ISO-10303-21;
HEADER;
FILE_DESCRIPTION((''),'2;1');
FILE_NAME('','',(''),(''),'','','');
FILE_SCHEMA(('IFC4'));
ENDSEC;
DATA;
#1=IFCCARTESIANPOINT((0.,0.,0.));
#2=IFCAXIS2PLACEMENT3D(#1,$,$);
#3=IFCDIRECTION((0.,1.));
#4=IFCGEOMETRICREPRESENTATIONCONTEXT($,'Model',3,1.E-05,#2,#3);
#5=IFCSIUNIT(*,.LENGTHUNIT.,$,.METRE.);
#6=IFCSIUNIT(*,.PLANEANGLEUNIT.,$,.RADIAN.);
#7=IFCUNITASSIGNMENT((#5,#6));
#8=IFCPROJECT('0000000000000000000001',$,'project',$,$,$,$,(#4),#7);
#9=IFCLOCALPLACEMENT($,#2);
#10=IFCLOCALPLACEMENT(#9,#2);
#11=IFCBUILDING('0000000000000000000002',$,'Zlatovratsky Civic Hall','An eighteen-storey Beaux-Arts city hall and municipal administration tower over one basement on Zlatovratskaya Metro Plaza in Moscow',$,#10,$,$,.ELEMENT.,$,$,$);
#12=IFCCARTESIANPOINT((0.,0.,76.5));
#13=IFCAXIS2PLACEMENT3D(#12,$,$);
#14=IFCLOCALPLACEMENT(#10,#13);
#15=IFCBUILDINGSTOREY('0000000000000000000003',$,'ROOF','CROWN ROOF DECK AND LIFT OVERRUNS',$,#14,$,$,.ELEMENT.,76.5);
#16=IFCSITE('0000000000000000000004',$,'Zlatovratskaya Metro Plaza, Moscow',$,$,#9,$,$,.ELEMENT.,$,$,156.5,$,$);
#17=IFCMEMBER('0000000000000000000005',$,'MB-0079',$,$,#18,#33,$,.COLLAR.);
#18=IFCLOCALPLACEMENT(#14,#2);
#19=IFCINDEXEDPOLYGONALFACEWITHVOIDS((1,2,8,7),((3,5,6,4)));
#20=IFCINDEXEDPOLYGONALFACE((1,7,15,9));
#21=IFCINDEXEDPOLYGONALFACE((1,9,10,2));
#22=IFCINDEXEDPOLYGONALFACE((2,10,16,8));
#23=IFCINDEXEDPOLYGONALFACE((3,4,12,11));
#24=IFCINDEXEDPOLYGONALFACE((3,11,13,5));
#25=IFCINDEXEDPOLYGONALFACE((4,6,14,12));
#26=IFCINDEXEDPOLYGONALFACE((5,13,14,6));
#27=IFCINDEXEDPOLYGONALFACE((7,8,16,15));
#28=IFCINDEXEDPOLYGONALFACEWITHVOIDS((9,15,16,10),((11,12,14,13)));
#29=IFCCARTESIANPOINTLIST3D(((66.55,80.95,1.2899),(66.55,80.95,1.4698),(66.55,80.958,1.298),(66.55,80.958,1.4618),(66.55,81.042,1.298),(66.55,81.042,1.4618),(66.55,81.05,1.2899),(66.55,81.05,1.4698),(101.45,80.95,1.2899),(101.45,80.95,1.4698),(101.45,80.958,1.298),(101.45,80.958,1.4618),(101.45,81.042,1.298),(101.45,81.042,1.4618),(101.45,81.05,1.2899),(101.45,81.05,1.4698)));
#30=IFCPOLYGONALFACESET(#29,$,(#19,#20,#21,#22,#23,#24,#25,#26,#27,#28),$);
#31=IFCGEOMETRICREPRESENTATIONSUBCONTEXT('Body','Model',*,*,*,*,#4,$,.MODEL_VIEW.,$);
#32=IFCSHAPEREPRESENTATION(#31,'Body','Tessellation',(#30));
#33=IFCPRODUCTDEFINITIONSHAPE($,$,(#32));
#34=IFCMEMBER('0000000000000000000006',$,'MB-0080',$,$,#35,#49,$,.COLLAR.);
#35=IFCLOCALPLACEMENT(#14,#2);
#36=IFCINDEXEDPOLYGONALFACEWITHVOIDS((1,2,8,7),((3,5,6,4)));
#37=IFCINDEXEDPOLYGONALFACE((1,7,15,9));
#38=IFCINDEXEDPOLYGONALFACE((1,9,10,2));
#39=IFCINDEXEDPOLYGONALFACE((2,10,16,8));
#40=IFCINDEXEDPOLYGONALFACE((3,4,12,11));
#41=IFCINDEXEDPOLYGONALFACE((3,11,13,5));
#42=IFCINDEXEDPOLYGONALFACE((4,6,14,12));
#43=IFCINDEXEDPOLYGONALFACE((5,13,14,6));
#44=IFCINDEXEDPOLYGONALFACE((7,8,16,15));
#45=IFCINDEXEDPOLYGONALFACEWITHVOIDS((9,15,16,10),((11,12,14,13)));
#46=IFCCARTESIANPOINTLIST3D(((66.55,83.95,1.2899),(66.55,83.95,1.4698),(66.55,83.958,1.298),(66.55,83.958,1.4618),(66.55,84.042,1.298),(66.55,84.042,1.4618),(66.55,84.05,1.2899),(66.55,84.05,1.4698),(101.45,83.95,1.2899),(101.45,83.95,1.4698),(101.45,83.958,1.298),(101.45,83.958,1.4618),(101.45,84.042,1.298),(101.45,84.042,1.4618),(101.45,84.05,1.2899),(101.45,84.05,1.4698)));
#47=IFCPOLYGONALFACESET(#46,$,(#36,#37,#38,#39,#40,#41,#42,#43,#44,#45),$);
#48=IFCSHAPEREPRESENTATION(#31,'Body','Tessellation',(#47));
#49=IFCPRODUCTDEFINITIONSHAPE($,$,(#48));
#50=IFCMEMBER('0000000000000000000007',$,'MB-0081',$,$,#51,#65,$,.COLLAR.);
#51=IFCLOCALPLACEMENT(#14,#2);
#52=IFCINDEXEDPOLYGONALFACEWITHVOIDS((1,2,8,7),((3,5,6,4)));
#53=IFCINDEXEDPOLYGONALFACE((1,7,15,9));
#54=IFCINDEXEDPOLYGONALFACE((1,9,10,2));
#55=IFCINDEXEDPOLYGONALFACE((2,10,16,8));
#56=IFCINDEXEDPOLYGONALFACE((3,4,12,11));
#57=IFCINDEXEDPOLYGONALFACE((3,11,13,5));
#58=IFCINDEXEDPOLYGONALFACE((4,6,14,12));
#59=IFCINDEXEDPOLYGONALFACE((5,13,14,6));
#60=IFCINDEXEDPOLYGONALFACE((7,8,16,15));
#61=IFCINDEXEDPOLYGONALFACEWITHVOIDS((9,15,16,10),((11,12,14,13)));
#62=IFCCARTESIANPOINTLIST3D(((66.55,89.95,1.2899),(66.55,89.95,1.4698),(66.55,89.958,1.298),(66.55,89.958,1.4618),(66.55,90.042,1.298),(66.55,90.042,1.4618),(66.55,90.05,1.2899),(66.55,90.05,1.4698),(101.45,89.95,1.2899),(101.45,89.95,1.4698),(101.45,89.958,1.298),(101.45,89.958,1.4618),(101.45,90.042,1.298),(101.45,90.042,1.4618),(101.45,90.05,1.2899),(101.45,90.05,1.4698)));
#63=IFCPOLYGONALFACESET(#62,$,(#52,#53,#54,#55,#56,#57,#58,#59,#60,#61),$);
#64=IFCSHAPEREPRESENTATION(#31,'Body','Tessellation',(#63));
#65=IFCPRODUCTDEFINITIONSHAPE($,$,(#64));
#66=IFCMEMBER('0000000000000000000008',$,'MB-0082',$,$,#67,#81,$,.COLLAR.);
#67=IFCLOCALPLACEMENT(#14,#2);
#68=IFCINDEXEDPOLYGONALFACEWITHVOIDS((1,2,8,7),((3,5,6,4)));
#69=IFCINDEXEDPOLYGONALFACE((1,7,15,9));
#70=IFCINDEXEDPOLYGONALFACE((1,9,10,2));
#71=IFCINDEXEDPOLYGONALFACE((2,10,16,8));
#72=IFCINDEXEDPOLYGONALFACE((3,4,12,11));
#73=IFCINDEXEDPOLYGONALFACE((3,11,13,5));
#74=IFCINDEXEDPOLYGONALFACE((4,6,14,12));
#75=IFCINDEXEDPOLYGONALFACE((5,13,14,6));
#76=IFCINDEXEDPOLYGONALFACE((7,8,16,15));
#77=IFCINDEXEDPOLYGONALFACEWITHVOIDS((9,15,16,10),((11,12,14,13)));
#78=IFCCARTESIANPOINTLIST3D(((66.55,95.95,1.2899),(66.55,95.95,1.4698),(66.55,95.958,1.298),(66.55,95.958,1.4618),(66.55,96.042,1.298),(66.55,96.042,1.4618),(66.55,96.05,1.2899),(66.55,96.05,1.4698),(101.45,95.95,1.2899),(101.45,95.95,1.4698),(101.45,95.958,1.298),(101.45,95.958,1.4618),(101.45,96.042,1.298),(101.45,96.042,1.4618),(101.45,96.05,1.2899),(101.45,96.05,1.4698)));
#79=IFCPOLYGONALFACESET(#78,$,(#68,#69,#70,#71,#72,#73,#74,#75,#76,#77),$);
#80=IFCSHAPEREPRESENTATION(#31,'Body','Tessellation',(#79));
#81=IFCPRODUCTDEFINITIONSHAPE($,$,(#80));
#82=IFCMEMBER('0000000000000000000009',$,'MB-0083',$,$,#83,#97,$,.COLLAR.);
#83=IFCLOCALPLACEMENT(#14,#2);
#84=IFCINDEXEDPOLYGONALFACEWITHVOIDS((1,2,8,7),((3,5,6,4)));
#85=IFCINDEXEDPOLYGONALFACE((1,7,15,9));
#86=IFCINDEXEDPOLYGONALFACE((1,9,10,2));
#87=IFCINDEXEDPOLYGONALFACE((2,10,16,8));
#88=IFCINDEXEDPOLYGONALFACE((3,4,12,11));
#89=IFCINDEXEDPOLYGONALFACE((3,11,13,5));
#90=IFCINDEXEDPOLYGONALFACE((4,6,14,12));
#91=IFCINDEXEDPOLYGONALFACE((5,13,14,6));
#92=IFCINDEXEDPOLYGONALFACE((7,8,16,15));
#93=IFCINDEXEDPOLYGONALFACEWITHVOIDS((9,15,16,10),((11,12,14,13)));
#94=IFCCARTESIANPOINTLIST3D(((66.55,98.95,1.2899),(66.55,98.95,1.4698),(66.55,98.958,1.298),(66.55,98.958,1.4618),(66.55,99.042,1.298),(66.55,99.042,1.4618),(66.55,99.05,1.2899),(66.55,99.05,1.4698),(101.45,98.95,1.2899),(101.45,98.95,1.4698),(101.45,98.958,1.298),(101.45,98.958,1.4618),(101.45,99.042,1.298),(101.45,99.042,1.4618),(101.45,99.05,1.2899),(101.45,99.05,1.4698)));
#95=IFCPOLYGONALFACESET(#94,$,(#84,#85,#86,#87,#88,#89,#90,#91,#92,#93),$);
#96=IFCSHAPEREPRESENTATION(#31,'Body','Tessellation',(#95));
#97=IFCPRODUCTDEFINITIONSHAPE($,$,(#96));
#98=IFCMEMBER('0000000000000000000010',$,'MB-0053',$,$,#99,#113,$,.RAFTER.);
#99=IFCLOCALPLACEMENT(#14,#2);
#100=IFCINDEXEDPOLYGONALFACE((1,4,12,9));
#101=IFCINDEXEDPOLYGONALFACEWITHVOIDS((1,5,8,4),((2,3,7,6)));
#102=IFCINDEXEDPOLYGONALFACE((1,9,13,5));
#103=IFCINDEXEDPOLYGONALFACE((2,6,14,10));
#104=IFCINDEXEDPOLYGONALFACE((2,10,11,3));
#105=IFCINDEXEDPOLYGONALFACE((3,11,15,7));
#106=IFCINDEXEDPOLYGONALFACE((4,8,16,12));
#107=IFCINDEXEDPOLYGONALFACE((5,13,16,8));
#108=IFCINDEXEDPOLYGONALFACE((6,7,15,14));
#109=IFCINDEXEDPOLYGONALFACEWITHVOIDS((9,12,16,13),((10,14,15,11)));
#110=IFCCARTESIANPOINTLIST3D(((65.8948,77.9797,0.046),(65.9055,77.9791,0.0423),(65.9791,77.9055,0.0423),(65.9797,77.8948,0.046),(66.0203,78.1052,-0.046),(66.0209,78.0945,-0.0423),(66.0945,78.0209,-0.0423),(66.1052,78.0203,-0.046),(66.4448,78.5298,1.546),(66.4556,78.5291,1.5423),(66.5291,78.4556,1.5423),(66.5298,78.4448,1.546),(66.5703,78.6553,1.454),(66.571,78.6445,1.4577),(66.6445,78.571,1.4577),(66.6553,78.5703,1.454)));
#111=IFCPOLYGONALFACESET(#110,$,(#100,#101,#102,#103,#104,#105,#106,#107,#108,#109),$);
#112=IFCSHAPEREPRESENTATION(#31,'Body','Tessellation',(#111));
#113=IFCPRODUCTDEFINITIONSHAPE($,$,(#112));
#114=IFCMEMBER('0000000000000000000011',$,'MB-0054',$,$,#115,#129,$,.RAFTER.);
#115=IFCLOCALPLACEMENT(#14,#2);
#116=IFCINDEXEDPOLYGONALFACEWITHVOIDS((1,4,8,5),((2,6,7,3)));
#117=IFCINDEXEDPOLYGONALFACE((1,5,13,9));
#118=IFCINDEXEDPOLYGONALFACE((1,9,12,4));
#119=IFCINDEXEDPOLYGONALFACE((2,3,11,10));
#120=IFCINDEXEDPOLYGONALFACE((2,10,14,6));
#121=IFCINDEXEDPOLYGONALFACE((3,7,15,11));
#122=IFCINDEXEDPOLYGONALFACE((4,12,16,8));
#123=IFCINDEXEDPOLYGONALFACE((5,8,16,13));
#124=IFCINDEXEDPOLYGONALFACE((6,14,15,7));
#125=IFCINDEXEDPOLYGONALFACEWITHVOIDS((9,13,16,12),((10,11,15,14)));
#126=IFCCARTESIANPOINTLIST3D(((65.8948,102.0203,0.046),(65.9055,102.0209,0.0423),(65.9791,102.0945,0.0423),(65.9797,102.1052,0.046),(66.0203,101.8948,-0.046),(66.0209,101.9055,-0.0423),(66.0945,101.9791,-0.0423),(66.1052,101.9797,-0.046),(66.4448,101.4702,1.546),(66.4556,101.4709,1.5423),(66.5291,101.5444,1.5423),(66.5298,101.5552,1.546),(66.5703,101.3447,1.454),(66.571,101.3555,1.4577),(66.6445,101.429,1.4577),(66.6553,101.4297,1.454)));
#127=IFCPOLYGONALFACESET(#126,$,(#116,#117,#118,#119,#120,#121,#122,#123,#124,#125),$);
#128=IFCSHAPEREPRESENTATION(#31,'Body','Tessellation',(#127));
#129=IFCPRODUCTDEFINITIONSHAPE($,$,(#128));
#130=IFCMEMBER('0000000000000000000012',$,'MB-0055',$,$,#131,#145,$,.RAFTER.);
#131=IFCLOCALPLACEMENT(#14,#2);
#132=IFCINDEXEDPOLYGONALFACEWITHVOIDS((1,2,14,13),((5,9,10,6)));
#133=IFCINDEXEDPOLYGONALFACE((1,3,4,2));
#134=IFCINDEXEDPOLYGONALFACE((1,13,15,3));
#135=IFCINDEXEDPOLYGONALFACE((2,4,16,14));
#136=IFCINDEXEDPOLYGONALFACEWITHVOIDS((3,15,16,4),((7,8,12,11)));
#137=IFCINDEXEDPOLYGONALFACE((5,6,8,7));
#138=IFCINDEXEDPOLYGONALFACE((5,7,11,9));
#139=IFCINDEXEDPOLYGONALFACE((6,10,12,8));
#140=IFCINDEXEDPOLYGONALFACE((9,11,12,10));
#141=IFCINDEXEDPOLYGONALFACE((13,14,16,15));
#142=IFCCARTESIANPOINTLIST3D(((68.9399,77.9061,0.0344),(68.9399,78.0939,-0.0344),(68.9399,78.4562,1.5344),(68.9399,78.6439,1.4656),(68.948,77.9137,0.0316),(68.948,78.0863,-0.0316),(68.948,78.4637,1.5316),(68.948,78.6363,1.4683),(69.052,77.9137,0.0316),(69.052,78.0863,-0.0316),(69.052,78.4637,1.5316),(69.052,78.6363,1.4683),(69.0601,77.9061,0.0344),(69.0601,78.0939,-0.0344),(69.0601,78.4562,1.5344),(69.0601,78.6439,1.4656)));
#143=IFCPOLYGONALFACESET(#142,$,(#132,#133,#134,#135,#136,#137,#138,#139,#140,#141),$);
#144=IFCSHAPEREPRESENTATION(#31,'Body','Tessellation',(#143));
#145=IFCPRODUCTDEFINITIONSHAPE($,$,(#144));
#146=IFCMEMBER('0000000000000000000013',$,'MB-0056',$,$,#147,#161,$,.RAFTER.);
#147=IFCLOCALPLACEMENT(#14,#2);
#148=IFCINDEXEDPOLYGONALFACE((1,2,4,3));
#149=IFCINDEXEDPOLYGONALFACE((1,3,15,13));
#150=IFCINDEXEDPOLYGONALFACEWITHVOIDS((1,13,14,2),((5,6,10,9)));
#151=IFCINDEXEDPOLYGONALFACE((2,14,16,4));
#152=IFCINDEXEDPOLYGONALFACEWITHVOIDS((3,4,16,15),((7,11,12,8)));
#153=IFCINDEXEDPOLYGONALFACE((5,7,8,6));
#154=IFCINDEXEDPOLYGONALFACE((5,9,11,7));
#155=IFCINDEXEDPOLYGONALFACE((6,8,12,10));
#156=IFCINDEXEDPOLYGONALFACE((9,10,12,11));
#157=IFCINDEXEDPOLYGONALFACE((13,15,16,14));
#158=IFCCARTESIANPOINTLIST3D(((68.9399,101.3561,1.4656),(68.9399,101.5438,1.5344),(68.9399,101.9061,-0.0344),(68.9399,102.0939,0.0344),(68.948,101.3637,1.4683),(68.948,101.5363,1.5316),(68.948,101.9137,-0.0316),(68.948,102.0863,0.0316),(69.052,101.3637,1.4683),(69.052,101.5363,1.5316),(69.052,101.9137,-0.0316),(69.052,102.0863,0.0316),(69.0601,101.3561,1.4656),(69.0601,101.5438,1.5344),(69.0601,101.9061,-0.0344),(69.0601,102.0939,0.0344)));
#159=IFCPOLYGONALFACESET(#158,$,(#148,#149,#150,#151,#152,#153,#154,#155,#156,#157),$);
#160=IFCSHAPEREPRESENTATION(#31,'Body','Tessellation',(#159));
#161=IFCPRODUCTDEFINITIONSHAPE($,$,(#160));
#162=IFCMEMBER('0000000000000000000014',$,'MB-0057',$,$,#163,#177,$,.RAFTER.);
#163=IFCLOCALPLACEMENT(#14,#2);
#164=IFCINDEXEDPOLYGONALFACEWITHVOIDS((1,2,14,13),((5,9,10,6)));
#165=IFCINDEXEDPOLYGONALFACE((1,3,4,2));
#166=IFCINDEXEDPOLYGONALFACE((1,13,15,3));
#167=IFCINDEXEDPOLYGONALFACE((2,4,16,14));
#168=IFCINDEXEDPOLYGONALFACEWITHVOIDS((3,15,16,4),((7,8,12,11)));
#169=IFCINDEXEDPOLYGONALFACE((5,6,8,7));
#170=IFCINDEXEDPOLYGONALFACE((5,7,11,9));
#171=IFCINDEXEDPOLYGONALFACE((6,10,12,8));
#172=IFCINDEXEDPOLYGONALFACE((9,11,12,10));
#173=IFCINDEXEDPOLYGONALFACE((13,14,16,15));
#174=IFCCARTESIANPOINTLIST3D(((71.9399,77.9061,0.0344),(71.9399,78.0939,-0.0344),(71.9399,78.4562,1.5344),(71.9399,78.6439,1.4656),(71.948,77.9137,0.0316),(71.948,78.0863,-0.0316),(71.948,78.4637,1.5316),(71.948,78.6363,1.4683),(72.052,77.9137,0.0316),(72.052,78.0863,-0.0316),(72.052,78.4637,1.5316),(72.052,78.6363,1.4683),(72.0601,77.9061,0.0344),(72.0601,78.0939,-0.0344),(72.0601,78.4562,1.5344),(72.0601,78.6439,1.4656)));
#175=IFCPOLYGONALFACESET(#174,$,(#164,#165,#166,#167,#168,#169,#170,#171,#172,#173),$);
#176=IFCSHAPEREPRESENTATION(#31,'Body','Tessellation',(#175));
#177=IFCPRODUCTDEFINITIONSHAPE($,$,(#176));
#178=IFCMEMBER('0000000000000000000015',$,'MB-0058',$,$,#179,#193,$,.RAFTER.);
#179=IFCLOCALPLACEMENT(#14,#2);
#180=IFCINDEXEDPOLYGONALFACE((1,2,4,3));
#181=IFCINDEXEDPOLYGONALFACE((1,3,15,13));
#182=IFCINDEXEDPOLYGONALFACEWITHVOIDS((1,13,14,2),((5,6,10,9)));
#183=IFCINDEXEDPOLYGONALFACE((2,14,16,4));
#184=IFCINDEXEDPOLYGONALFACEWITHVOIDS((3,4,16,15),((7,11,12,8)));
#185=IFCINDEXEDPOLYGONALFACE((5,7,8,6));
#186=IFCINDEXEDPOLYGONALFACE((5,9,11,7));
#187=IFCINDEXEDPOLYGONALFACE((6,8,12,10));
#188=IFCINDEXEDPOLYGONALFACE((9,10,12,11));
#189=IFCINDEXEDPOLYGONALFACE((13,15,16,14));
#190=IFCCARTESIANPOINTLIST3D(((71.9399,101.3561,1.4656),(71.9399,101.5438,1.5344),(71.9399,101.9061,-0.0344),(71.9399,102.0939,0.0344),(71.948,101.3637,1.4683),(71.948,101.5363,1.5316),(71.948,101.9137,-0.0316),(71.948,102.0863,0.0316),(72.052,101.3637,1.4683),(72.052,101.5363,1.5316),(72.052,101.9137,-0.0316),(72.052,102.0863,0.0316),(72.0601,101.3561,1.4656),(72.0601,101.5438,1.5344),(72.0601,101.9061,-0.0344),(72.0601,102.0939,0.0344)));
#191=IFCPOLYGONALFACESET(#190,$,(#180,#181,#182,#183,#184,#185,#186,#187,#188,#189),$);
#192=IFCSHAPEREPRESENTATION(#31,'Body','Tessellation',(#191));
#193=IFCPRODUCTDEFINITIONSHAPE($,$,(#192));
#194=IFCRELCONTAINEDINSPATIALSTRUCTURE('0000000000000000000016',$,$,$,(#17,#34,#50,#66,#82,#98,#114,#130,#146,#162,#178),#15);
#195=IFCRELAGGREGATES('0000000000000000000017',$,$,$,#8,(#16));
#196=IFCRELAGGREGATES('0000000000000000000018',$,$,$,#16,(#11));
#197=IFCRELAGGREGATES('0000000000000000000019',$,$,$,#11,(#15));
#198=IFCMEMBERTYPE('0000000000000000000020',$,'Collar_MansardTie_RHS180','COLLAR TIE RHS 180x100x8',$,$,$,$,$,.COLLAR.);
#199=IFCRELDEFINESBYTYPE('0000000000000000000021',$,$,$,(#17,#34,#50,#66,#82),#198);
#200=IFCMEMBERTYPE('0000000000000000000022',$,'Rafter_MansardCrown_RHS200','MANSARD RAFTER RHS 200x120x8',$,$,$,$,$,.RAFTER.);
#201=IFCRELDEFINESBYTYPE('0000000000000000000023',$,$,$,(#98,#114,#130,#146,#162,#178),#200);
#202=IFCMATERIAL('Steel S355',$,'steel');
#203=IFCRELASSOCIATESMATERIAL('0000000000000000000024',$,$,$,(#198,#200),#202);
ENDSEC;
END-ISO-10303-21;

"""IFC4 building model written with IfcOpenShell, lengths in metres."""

from ifc_helpers import new_model, si_unit, direction, frame, origin, origin_2d, place, context, subcontext, project, spatial, hollow_rectangle, extrude, material, material_profile, profile_set, type_object, element, save


model = new_model("IFC4")

# Units and contexts
model_context = context("Model", 3, precision=1e-05, world=origin(), true_north=direction((0.0, 1.0)))
body_context = subcontext(model_context, "Body", "Model", "MODEL_VIEW")
ifc_project = project(units=[si_unit("LENGTHUNIT", "METRE"), si_unit("PLANEANGLEUNIT", "RADIAN")], contexts=[model_context])

# Site, building, storey
site_placement = place(None, origin())
site = spatial("IfcSite", under=ifc_project, at=site_placement, Name="Zlatovratskaya Metro Plaza, Moscow", CompositionType="ELEMENT", RefElevation=156.5)
building_placement = place(site_placement, origin())
building = spatial("IfcBuilding", under=site, at=building_placement, Name="Zlatovratsky Civic Hall", Description="An eighteen-storey Beaux-Arts city hall and municipal administration tower over one basement on Zlatovratskaya Metro Plaza in Moscow", CompositionType="ELEMENT")
storey_placement = place(building_placement, frame((0.0, 0.0, 76.5)))
storey = spatial("IfcBuildingStorey", under=building, at=storey_placement, Name="ROOF", Description="CROWN ROOF DECK AND LIFT OVERRUNS", CompositionType="ELEMENT", Elevation=76.5)

# Members
ifc_material_1 = material(Name="Steel S355", Category="steel")
ifc_material_profile_1 = material_profile(ifc_material_1, hollow_rectangle(XDim=0.1001, YDim=0.1799, WallThickness=0.0081, at=origin_2d()), Name="RHS 180x100x8")
ifc_profile_set_1 = profile_set([ifc_material_profile_1], Name="Steel S355")
member_type_1 = type_object("IfcMemberType", Name="Collar_MansardTie_RHS180", Description="COLLAR TIE RHS 180x100x8", PredefinedType="COLLAR", material=ifc_profile_set_1)
for number, where, z_axis, x_axis, name in (
    (1, (66.55, 81.0, 1.3799), (1.0, 0.0, 0.0), (0.0, 1.0, 0.0), "MB-0079"),
    (2, (66.55, 84.0, 1.3799), (1.0, 0.0, 0.0), (0.0, 1.0, 0.0), "MB-0080"),
    (3, (66.55, 90.0, 1.3799), (1.0, 0.0, 0.0), (0.0, 1.0, 0.0), "MB-0081"),
    (4, (66.55, 96.0, 1.3799), (1.0, 0.0, 0.0), (0.0, 1.0, 0.0), "MB-0082"),
    (5, (66.55, 99.0, 1.3799), (1.0, 0.0, 0.0), (0.0, 1.0, 0.0), "MB-0083"),
):
    element("IfcMember", number, at=place(storey_placement, frame(where, z_axis=z_axis, x_axis=x_axis)), inside=storey, type_object=member_type_1, Name=name, PredefinedType="COLLAR", context=body_context, shape_type="SweptSolid", body=[
        extrude(hollow_rectangle(XDim=0.1001, YDim=0.1799, WallThickness=0.0081, at=origin_2d()), origin(), (0.0, 0.0, 1.0), 34.8999),
    ])
ifc_material_profile_2 = material_profile(ifc_material_1, hollow_rectangle(XDim=0.1201, YDim=0.2, WallThickness=0.0081, at=origin_2d()), Name="RHS 200x120x8")
ifc_profile_set_2 = profile_set([ifc_material_profile_2], Name="Steel S355")
member_type_2 = type_object("IfcMemberType", Name="Rafter_MansardCrown_RHS200", Description="MANSARD RAFTER RHS 200x120x8", PredefinedType="RAFTER", material=ifc_profile_set_2)
for number, where, z_axis, x_axis, name in (
    (6, (66.0, 78.0, 0.0), (0.325529, 0.325529, 0.887728), (-0.707107, 0.707107, 0.0), "MB-0053"),
    (7, (66.0, 102.0, 0.0), (0.325529, -0.325529, 0.887728), (0.707107, 0.707107, 0.0), "MB-0054"),
):
    element("IfcMember", number, at=place(storey_placement, frame(where, z_axis=z_axis, x_axis=x_axis)), inside=storey, type_object=member_type_2, Name=name, PredefinedType="RAFTER", context=body_context, shape_type="SweptSolid", body=[
        extrude(hollow_rectangle(XDim=0.1201, YDim=0.2, WallThickness=0.0081, at=origin_2d()), origin(), (0.0, 0.0, 1.0), 1.6897),
    ])
for number, where, z_axis, x_axis, name in (
    (8, (69.0, 78.0, 0.0), (0.0, 0.344282, 0.938866), (-1.0, 0.0, 0.0), "MB-0055"),
    (9, (69.0, 102.0, 0.0), (0.0, -0.344282, 0.938866), (1.0, 0.0, 0.0), "MB-0056"),
    (10, (72.0, 78.0, 0.0), (0.0, 0.344282, 0.938866), (-1.0, 0.0, 0.0), "MB-0057"),
    (11, (72.0, 102.0, 0.0), (0.0, -0.344282, 0.938866), (1.0, 0.0, 0.0), "MB-0058"),
):
    element("IfcMember", number, at=place(storey_placement, frame(where, z_axis=z_axis, x_axis=x_axis)), inside=storey, type_object=member_type_2, Name=name, PredefinedType="RAFTER", context=body_context, shape_type="SweptSolid", body=[
        extrude(hollow_rectangle(XDim=0.1201, YDim=0.2, WallThickness=0.0081, at=origin_2d()), origin(), (0.0, 0.0, 1.0), 1.5977),
    ])

save(model, "model.ifc")
